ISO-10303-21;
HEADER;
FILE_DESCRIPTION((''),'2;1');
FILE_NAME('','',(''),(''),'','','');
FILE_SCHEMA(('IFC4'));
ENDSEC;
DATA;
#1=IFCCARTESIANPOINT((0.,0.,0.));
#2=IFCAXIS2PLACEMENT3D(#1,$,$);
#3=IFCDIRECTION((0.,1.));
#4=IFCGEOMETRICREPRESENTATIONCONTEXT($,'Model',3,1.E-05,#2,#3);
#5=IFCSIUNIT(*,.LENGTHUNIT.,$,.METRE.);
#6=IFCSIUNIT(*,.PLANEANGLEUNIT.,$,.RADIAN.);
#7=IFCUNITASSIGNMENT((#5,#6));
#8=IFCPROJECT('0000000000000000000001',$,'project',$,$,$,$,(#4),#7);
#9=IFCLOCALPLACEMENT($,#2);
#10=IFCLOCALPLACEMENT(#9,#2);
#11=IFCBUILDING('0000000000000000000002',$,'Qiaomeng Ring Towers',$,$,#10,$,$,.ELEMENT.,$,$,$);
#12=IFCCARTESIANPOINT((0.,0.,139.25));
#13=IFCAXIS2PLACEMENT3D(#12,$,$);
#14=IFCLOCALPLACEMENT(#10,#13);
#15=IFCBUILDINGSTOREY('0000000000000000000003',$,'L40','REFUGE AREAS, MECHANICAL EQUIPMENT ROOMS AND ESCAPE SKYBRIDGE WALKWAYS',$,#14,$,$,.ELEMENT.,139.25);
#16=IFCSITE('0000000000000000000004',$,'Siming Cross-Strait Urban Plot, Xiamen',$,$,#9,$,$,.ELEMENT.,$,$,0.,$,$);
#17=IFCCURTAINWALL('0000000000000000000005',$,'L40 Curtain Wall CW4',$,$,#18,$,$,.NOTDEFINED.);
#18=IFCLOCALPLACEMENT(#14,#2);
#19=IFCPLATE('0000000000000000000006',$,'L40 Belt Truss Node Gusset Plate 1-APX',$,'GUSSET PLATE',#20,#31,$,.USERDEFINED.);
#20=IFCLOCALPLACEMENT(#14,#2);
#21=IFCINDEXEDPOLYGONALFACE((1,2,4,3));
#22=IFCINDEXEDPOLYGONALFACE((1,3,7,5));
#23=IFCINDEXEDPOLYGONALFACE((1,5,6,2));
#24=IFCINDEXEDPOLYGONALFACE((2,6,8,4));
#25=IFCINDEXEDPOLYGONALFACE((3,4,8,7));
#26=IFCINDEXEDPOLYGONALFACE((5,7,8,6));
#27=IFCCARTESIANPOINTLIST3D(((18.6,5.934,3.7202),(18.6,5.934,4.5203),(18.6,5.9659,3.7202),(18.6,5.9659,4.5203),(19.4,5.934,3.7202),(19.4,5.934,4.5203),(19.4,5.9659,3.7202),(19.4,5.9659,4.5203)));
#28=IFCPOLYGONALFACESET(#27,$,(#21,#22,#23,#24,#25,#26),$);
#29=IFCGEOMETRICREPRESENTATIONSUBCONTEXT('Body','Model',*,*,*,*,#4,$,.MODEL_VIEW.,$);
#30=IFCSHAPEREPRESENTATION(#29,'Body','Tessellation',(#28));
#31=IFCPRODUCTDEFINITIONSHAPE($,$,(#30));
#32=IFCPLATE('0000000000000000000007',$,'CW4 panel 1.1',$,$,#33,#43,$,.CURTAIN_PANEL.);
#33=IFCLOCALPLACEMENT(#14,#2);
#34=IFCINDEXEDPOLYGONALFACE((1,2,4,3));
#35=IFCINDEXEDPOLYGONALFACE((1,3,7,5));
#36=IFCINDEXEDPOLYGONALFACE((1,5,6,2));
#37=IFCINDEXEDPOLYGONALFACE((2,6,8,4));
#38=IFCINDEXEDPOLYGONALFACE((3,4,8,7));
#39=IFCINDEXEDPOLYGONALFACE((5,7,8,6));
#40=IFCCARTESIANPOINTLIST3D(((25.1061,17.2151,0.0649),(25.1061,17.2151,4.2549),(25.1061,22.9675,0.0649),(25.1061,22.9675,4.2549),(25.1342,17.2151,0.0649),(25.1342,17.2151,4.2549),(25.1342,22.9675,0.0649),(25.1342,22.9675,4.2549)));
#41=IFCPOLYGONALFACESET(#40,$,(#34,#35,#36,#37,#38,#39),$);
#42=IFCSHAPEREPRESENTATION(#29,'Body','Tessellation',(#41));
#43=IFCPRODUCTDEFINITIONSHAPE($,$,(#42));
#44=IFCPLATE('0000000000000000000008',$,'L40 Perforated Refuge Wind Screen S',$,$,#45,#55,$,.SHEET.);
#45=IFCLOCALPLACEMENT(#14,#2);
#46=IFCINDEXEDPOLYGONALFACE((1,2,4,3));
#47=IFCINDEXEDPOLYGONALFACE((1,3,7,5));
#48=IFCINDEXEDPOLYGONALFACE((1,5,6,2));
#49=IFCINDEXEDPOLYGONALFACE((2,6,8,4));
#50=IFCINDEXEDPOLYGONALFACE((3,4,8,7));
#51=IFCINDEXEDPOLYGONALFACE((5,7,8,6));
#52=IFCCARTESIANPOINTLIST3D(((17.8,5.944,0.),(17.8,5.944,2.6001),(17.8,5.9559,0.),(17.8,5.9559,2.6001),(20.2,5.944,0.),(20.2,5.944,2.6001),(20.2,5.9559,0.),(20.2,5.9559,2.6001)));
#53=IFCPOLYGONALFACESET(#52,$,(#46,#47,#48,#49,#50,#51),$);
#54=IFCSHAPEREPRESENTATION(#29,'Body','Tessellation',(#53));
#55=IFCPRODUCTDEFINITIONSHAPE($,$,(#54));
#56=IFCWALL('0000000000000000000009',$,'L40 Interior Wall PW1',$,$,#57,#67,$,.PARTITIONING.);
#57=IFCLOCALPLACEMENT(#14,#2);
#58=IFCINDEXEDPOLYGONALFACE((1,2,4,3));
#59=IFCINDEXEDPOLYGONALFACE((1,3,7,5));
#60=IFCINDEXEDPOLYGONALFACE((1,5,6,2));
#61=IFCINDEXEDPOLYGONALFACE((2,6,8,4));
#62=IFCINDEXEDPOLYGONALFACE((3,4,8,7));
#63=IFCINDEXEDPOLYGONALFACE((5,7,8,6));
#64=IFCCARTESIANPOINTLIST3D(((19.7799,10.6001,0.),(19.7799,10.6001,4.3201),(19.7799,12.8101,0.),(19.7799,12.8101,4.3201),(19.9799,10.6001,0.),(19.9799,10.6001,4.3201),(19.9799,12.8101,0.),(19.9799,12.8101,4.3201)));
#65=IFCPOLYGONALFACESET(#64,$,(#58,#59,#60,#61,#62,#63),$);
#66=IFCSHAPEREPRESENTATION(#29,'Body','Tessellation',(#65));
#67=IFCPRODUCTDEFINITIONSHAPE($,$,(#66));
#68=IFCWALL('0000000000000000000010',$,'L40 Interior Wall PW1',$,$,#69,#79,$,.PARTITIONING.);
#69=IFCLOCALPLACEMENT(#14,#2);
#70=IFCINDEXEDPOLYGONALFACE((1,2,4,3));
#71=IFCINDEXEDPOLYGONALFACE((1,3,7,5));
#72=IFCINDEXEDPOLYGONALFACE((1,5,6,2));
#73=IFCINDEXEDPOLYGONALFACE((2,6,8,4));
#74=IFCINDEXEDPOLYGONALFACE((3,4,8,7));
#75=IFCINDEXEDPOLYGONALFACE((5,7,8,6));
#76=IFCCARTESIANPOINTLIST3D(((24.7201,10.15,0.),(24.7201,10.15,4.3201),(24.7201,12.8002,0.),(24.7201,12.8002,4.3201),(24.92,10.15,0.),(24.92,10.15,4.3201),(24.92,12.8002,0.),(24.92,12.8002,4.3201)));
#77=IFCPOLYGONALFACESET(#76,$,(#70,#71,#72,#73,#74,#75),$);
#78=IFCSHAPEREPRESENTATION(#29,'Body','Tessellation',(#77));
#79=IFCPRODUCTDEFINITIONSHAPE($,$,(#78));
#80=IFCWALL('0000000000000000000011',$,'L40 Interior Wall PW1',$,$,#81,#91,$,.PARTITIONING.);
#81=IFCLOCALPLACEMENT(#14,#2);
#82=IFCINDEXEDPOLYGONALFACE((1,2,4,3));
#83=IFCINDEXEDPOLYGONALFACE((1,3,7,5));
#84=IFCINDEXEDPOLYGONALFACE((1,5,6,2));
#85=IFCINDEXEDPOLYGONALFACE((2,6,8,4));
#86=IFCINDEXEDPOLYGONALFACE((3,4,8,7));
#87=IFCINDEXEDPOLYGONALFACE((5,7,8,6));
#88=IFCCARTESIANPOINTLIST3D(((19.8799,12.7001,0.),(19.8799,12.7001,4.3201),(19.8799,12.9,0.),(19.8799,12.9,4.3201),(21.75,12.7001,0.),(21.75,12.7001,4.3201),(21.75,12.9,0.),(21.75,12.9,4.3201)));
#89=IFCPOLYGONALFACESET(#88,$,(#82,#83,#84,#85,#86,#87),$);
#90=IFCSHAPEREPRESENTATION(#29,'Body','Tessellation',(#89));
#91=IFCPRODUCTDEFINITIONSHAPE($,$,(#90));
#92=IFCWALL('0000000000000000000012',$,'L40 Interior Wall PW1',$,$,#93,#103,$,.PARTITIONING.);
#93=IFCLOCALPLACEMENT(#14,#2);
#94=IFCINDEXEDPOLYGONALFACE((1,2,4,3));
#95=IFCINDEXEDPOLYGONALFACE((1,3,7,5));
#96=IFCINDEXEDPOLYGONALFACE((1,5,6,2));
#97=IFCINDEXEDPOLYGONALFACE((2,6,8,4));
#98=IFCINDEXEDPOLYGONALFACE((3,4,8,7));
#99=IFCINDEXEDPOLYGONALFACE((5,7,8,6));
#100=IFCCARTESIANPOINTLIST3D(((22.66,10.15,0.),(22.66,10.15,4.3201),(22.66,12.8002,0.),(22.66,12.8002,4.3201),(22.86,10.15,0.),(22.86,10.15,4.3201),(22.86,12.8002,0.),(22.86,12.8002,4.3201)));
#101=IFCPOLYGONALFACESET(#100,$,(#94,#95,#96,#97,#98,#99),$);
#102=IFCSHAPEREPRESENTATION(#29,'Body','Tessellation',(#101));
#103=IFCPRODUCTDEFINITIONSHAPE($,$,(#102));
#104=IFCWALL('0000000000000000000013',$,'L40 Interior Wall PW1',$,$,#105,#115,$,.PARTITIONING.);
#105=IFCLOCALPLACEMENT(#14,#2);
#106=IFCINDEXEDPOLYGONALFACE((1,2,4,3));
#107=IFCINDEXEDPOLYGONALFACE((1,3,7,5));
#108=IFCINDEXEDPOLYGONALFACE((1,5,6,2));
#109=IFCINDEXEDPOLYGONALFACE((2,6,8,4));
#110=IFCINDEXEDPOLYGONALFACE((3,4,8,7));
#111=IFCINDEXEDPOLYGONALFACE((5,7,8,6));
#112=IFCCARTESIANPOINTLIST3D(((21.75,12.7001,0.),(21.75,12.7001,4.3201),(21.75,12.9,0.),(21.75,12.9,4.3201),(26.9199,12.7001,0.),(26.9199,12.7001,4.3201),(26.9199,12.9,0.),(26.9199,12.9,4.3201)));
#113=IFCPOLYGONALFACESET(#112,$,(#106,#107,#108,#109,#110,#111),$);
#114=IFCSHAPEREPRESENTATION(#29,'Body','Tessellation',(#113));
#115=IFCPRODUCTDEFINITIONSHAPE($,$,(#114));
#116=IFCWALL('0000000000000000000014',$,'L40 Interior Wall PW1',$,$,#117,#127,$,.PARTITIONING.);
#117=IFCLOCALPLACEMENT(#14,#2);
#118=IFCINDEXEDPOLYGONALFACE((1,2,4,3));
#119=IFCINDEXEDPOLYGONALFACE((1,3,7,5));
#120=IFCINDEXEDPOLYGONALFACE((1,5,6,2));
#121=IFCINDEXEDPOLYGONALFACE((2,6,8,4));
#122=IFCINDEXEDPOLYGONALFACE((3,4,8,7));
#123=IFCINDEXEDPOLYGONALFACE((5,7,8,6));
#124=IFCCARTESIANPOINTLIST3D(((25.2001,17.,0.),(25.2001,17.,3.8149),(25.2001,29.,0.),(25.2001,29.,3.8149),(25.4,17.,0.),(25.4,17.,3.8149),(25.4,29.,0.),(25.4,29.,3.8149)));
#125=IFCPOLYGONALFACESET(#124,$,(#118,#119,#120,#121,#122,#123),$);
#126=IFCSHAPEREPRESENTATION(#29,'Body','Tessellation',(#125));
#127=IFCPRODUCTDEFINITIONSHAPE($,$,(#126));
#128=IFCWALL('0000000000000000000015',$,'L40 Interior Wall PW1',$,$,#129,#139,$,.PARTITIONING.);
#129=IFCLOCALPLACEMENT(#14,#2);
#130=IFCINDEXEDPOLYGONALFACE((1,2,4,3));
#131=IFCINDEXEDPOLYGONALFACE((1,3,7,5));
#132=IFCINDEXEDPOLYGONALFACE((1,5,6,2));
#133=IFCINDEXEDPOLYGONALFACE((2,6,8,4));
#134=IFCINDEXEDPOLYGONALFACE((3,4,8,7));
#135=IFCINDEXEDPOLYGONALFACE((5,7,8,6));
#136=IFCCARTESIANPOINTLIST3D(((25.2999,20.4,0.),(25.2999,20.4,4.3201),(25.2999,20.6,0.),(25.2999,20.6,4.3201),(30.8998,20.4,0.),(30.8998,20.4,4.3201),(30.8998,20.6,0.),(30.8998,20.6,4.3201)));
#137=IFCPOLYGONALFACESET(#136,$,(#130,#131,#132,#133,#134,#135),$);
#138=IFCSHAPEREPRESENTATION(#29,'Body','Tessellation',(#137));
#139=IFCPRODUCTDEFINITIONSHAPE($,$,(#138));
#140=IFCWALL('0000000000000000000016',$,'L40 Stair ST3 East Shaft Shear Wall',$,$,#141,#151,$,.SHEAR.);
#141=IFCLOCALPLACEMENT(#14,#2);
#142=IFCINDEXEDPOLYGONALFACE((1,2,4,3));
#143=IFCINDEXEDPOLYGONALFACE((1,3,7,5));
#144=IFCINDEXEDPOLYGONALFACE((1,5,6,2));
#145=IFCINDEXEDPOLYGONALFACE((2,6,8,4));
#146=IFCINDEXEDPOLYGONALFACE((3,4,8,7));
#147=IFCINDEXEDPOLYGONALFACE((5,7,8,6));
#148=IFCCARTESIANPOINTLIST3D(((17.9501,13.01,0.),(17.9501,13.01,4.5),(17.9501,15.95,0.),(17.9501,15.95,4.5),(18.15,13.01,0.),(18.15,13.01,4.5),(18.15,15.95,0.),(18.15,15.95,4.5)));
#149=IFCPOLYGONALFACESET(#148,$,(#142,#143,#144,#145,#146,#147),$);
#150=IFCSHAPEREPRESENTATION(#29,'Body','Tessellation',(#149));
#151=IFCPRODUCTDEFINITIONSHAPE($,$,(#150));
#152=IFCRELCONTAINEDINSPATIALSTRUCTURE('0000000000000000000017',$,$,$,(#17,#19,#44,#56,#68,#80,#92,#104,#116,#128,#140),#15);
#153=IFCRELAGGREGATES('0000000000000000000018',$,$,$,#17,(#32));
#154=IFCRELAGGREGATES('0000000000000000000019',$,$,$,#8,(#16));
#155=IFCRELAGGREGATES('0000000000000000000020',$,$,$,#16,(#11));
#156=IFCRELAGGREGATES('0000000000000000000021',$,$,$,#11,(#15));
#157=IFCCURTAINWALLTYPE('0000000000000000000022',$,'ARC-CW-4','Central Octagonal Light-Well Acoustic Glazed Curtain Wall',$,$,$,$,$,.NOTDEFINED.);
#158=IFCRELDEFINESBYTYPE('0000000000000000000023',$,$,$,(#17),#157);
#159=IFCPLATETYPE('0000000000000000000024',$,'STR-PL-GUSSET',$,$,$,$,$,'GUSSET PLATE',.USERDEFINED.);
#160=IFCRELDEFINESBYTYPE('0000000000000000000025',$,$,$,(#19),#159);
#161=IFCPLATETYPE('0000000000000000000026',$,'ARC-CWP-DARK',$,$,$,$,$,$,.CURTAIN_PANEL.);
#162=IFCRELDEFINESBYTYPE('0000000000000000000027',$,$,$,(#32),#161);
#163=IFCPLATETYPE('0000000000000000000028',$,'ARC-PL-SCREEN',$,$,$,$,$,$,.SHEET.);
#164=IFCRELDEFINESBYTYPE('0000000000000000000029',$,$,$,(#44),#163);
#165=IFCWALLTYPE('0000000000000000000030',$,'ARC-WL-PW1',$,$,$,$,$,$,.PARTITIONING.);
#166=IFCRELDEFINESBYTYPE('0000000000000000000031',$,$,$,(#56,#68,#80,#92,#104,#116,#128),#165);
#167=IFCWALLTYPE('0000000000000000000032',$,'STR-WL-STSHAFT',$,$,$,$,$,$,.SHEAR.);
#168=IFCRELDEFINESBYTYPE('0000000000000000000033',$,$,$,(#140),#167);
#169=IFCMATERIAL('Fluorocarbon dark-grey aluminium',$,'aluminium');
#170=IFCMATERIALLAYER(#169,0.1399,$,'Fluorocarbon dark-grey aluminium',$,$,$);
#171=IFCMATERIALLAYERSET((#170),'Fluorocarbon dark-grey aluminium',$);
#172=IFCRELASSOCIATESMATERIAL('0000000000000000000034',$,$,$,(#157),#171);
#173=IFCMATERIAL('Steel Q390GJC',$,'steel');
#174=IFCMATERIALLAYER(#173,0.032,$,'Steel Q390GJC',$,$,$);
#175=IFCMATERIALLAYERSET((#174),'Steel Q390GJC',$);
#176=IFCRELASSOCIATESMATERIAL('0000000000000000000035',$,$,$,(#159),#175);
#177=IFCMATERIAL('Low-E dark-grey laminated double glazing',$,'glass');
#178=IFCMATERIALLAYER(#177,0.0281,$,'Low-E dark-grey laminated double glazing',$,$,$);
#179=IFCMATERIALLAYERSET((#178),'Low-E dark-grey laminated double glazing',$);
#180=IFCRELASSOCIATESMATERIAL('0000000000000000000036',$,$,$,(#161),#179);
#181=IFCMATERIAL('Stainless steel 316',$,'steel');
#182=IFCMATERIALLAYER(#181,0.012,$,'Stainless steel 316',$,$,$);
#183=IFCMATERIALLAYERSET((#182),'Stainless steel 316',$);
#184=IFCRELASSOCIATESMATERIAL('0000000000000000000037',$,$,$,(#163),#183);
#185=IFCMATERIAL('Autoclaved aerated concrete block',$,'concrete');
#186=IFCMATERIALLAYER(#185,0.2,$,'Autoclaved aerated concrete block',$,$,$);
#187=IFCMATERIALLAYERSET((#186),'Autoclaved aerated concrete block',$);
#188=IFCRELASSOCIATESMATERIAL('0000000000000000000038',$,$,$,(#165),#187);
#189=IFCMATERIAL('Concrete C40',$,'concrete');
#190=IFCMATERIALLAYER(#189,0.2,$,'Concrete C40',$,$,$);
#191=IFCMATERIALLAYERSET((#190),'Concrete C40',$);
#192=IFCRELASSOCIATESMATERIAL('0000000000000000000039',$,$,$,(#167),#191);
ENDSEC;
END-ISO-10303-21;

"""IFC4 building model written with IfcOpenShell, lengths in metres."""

from ifc_helpers import new_model, si_unit, direction, frame, frame_2d, origin, origin_2d, place, context, subcontext, project, spatial, rectangle, extrude, source, transform, mapped, material, layer, layer_set, type_object, element, aggregate, save


model = new_model("IFC4")

# Units and contexts
model_context = context("Model", 3, precision=1e-05, world=origin(), true_north=direction((0.0, 1.0)))
body_context = subcontext(model_context, "Body", "Model", "MODEL_VIEW")
ifc_project = project(units=[si_unit("LENGTHUNIT", "METRE"), si_unit("PLANEANGLEUNIT", "RADIAN")], contexts=[model_context])

# Site, building, storey
site_placement = place(None, origin())
site = spatial("IfcSite", under=ifc_project, at=site_placement, Name="Siming Cross-Strait Urban Plot, Xiamen", CompositionType="ELEMENT", RefElevation=0.0)
building_placement = place(site_placement, origin())
building = spatial("IfcBuilding", under=site, at=building_placement, Name="Qiaomeng Ring Towers", CompositionType="ELEMENT")
storey_placement = place(building_placement, frame((0.0, 0.0, 139.25)))
storey = spatial("IfcBuildingStorey", under=building, at=storey_placement, Name="L40", Description="REFUGE AREAS, MECHANICAL EQUIPMENT ROOMS AND ESCAPE SKYBRIDGE WALKWAYS", CompositionType="ELEMENT", Elevation=139.25)

# Shared definitions
ifc_material_1 = material(Name="Steel Q390GJC", Category="steel")

# Curtain wall
ifc_material_2 = material(Name="Fluorocarbon dark-grey aluminium", Category="aluminium")
ifc_layer_1 = layer(ifc_material_2, 0.1399, Name="Fluorocarbon dark-grey aluminium")
ifc_layer_set_1 = layer_set([ifc_layer_1], Name="Fluorocarbon dark-grey aluminium")
curtain_wall_type = type_object("IfcCurtainWallType", Name="ARC-CW-4", Description="Central Octagonal Light-Well Acoustic Glazed Curtain Wall", PredefinedType="NOTDEFINED", material=ifc_layer_set_1)
curtain_wall_placement = place(storey_placement, origin())
curtain_wall = element("IfcCurtainWall", 1, at=curtain_wall_placement, inside=storey, type_object=curtain_wall_type, Name="L40 Curtain Wall CW4", PredefinedType="NOTDEFINED")

# Plates
ifc_layer_2 = layer(ifc_material_1, 0.032, Name="Steel Q390GJC")
ifc_layer_set_2 = layer_set([ifc_layer_2], Name="Steel Q390GJC")
plate_type_1 = type_object("IfcPlateType", Name="STR-PL-GUSSET", ElementType="GUSSET PLATE", PredefinedType="USERDEFINED", material=ifc_layer_set_2)
shared_shape_1 = source(origin(), body_context, "Body", "SweptSolid", [
    extrude(rectangle(XDim=0.8, YDim=0.032, at=origin_2d()), origin(), (0.0, 0.0, 1.0), 0.8),
])
plate_1_placement = place(storey_placement, frame((19.0, 5.95, 3.7202), z_axis=(0.0, 0.0, 1.0), x_axis=(1.0, 0.0, 0.0)))
element("IfcPlate", 2, at=plate_1_placement, inside=storey, type_object=plate_type_1, Name="L40 Belt Truss Node Gusset Plate 1-APX", ObjectType="GUSSET PLATE", PredefinedType="USERDEFINED", context=body_context, shape_type="MappedRepresentation", body=[
    mapped(shared_shape_1, transform((0.0, 0.0, 0.0), x_axis=(1.0, 0.0, 0.0), y_axis=(0.0, 1.0, 0.0), z_axis=(0.0, 0.0, 1.0), scale=1.0)),
])
ifc_material_3 = material(Name="Low-E dark-grey laminated double glazing", Category="glass")
ifc_layer_3 = layer(ifc_material_3, 0.0281, Name="Low-E dark-grey laminated double glazing")
ifc_layer_set_3 = layer_set([ifc_layer_3], Name="Low-E dark-grey laminated double glazing")
plate_type_2 = type_object("IfcPlateType", Name="ARC-CWP-DARK", PredefinedType="CURTAIN_PANEL", material=ifc_layer_set_3)
shared_shape_2 = source(origin(), body_context, "Body", "SweptSolid", [
    extrude(rectangle(XDim=5.7524, YDim=0.0281, at=origin_2d()), origin(), (0.0, 0.0, 1.0), 4.1899),
])
plate_2_placement = place(storey_placement, frame((25.1201, 20.0913, 0.0649), z_axis=(0.0, 0.0, 1.0), x_axis=(0.0, 1.0, 0.0)))
plate_2 = element("IfcPlate", 3, at=plate_2_placement, type_object=plate_type_2, Name="CW4 panel 1.1", PredefinedType="CURTAIN_PANEL", context=body_context, shape_type="MappedRepresentation", body=[
    mapped(shared_shape_2, transform((0.0, 0.0, 0.0), x_axis=(1.0, 0.0, 0.0), y_axis=(0.0, 1.0, 0.0), z_axis=(0.0, 0.0, 1.0), scale=1.0)),
])
aggregate(curtain_wall, [plate_2])
ifc_material_4 = material(Name="Stainless steel 316", Category="steel")
ifc_layer_4 = layer(ifc_material_4, 0.012, Name="Stainless steel 316")
ifc_layer_set_4 = layer_set([ifc_layer_4], Name="Stainless steel 316")
plate_type_3 = type_object("IfcPlateType", Name="ARC-PL-SCREEN", PredefinedType="SHEET", material=ifc_layer_set_4)
shared_shape_3 = source(origin(), body_context, "Body", "SweptSolid", [
    extrude(rectangle(XDim=2.3999, YDim=0.012, at=origin_2d()), origin(), (0.0, 0.0, 1.0), 2.6001),
])
plate_3_placement = place(storey_placement, frame((19.0, 5.95, 0.0), z_axis=(0.0, 0.0, 1.0), x_axis=(1.0, 0.0, 0.0)))
element("IfcPlate", 4, at=plate_3_placement, inside=storey, type_object=plate_type_3, Name="L40 Perforated Refuge Wind Screen S", PredefinedType="SHEET", context=body_context, shape_type="MappedRepresentation", body=[
    mapped(shared_shape_3, transform((0.0, 0.0, 0.0), x_axis=(1.0, 0.0, 0.0), y_axis=(0.0, 1.0, 0.0), z_axis=(0.0, 0.0, 1.0), scale=1.0)),
])

# Walls
ifc_material_5 = material(Name="Autoclaved aerated concrete block", Category="concrete")
ifc_layer_5 = layer(ifc_material_5, 0.2, Name="Autoclaved aerated concrete block")
ifc_layer_set_5 = layer_set([ifc_layer_5], Name="Autoclaved aerated concrete block")
wall_type_1 = type_object("IfcWallType", Name="ARC-WL-PW1", PredefinedType="PARTITIONING", material=ifc_layer_set_5)
wall_1_placement = place(storey_placement, frame((19.8799, 10.6001, 0.0), z_axis=(0.0, 0.0, 1.0), x_axis=(0.0, 1.0, 0.0)))
element("IfcWall", 5, at=wall_1_placement, inside=storey, type_object=wall_type_1, Name="L40 Interior Wall PW1", PredefinedType="PARTITIONING", context=body_context, shape_type="SweptSolid", body=[
    extrude(rectangle(XDim=2.21, YDim=0.2, at=frame_2d((1.105, 0.0))), origin(), (0.0, 0.0, 1.0), 4.3201),
])
wall_2_placement = place(storey_placement, frame((24.8201, 10.1499, 0.0), z_axis=(0.0, 0.0, 1.0), x_axis=(0.0, 1.0, 0.0)))
element("IfcWall", 6, at=wall_2_placement, inside=storey, type_object=wall_type_1, Name="L40 Interior Wall PW1", PredefinedType="PARTITIONING", context=body_context, shape_type="SweptSolid", body=[
    extrude(rectangle(XDim=2.6501, YDim=0.2, at=frame_2d((1.3252, 0.0))), origin(), (0.0, 0.0, 1.0), 4.3201),
])
wall_3_placement = place(storey_placement, frame((19.8799, 12.8, 0.0), z_axis=(0.0, 0.0, 1.0), x_axis=(1.0, 0.0, 0.0)))
element("IfcWall", 7, at=wall_3_placement, inside=storey, type_object=wall_type_1, Name="L40 Interior Wall PW1", PredefinedType="PARTITIONING", context=body_context, shape_type="SweptSolid", body=[
    extrude(rectangle(XDim=1.8701, YDim=0.2, at=frame_2d((0.9351, 0.0))), origin(), (0.0, 0.0, 1.0), 4.3201),
])
wall_4_placement = place(storey_placement, frame((22.76, 10.1499, 0.0), z_axis=(0.0, 0.0, 1.0), x_axis=(0.0, 1.0, 0.0)))
element("IfcWall", 8, at=wall_4_placement, inside=storey, type_object=wall_type_1, Name="L40 Interior Wall PW1", PredefinedType="PARTITIONING", context=body_context, shape_type="SweptSolid", body=[
    extrude(rectangle(XDim=2.6501, YDim=0.2, at=frame_2d((1.3252, 0.0))), origin(), (0.0, 0.0, 1.0), 4.3201),
])
wall_5_placement = place(storey_placement, frame((21.75, 12.8, 0.0), z_axis=(0.0, 0.0, 1.0), x_axis=(1.0, 0.0, 0.0)))
element("IfcWall", 9, at=wall_5_placement, inside=storey, type_object=wall_type_1, Name="L40 Interior Wall PW1", PredefinedType="PARTITIONING", context=body_context, shape_type="SweptSolid", body=[
    extrude(rectangle(XDim=5.1699, YDim=0.2, at=frame_2d((2.585, 0.0))), origin(), (0.0, 0.0, 1.0), 4.3201),
])
wall_6_placement = place(storey_placement, frame((25.3, 17.0, 0.0), z_axis=(0.0, 0.0, 1.0), x_axis=(0.0, 1.0, 0.0)))
element("IfcWall", 10, at=wall_6_placement, inside=storey, type_object=wall_type_1, Name="L40 Interior Wall PW1", PredefinedType="PARTITIONING", context=body_context, shape_type="SweptSolid", body=[
    extrude(rectangle(XDim=12.0, YDim=0.2, at=frame_2d((6.0, 0.0))), origin(), (0.0, 0.0, 1.0), 3.8149),
])
wall_7_placement = place(storey_placement, frame((25.3, 20.5, 0.0), z_axis=(0.0, 0.0, 1.0), x_axis=(1.0, 0.0, 0.0)))
element("IfcWall", 11, at=wall_7_placement, inside=storey, type_object=wall_type_1, Name="L40 Interior Wall PW1", PredefinedType="PARTITIONING", context=body_context, shape_type="SweptSolid", body=[
    extrude(rectangle(XDim=5.5999, YDim=0.2, at=frame_2d((2.7998, 0.0))), origin(), (0.0, 0.0, 1.0), 4.3201),
])
ifc_material_6 = material(Name="Concrete C40", Category="concrete")
ifc_layer_6 = layer(ifc_material_6, 0.2, Name="Concrete C40")
ifc_layer_set_6 = layer_set([ifc_layer_6], Name="Concrete C40")
wall_type_2 = type_object("IfcWallType", Name="STR-WL-STSHAFT", PredefinedType="SHEAR", material=ifc_layer_set_6)
wall_8_placement = place(storey_placement, frame((18.05, 13.01, 0.0), z_axis=(0.0, 0.0, 1.0), x_axis=(0.0, 1.0, 0.0)))
element("IfcWall", 12, at=wall_8_placement, inside=storey, type_object=wall_type_2, Name="L40 Stair ST3 East Shaft Shear Wall", PredefinedType="SHEAR", context=body_context, shape_type="SweptSolid", body=[
    extrude(rectangle(XDim=2.9399, YDim=0.2, at=frame_2d((1.47, 0.0))), origin(), (0.0, 0.0, 1.0), 4.5),
])

save(model, "model.ifc")
